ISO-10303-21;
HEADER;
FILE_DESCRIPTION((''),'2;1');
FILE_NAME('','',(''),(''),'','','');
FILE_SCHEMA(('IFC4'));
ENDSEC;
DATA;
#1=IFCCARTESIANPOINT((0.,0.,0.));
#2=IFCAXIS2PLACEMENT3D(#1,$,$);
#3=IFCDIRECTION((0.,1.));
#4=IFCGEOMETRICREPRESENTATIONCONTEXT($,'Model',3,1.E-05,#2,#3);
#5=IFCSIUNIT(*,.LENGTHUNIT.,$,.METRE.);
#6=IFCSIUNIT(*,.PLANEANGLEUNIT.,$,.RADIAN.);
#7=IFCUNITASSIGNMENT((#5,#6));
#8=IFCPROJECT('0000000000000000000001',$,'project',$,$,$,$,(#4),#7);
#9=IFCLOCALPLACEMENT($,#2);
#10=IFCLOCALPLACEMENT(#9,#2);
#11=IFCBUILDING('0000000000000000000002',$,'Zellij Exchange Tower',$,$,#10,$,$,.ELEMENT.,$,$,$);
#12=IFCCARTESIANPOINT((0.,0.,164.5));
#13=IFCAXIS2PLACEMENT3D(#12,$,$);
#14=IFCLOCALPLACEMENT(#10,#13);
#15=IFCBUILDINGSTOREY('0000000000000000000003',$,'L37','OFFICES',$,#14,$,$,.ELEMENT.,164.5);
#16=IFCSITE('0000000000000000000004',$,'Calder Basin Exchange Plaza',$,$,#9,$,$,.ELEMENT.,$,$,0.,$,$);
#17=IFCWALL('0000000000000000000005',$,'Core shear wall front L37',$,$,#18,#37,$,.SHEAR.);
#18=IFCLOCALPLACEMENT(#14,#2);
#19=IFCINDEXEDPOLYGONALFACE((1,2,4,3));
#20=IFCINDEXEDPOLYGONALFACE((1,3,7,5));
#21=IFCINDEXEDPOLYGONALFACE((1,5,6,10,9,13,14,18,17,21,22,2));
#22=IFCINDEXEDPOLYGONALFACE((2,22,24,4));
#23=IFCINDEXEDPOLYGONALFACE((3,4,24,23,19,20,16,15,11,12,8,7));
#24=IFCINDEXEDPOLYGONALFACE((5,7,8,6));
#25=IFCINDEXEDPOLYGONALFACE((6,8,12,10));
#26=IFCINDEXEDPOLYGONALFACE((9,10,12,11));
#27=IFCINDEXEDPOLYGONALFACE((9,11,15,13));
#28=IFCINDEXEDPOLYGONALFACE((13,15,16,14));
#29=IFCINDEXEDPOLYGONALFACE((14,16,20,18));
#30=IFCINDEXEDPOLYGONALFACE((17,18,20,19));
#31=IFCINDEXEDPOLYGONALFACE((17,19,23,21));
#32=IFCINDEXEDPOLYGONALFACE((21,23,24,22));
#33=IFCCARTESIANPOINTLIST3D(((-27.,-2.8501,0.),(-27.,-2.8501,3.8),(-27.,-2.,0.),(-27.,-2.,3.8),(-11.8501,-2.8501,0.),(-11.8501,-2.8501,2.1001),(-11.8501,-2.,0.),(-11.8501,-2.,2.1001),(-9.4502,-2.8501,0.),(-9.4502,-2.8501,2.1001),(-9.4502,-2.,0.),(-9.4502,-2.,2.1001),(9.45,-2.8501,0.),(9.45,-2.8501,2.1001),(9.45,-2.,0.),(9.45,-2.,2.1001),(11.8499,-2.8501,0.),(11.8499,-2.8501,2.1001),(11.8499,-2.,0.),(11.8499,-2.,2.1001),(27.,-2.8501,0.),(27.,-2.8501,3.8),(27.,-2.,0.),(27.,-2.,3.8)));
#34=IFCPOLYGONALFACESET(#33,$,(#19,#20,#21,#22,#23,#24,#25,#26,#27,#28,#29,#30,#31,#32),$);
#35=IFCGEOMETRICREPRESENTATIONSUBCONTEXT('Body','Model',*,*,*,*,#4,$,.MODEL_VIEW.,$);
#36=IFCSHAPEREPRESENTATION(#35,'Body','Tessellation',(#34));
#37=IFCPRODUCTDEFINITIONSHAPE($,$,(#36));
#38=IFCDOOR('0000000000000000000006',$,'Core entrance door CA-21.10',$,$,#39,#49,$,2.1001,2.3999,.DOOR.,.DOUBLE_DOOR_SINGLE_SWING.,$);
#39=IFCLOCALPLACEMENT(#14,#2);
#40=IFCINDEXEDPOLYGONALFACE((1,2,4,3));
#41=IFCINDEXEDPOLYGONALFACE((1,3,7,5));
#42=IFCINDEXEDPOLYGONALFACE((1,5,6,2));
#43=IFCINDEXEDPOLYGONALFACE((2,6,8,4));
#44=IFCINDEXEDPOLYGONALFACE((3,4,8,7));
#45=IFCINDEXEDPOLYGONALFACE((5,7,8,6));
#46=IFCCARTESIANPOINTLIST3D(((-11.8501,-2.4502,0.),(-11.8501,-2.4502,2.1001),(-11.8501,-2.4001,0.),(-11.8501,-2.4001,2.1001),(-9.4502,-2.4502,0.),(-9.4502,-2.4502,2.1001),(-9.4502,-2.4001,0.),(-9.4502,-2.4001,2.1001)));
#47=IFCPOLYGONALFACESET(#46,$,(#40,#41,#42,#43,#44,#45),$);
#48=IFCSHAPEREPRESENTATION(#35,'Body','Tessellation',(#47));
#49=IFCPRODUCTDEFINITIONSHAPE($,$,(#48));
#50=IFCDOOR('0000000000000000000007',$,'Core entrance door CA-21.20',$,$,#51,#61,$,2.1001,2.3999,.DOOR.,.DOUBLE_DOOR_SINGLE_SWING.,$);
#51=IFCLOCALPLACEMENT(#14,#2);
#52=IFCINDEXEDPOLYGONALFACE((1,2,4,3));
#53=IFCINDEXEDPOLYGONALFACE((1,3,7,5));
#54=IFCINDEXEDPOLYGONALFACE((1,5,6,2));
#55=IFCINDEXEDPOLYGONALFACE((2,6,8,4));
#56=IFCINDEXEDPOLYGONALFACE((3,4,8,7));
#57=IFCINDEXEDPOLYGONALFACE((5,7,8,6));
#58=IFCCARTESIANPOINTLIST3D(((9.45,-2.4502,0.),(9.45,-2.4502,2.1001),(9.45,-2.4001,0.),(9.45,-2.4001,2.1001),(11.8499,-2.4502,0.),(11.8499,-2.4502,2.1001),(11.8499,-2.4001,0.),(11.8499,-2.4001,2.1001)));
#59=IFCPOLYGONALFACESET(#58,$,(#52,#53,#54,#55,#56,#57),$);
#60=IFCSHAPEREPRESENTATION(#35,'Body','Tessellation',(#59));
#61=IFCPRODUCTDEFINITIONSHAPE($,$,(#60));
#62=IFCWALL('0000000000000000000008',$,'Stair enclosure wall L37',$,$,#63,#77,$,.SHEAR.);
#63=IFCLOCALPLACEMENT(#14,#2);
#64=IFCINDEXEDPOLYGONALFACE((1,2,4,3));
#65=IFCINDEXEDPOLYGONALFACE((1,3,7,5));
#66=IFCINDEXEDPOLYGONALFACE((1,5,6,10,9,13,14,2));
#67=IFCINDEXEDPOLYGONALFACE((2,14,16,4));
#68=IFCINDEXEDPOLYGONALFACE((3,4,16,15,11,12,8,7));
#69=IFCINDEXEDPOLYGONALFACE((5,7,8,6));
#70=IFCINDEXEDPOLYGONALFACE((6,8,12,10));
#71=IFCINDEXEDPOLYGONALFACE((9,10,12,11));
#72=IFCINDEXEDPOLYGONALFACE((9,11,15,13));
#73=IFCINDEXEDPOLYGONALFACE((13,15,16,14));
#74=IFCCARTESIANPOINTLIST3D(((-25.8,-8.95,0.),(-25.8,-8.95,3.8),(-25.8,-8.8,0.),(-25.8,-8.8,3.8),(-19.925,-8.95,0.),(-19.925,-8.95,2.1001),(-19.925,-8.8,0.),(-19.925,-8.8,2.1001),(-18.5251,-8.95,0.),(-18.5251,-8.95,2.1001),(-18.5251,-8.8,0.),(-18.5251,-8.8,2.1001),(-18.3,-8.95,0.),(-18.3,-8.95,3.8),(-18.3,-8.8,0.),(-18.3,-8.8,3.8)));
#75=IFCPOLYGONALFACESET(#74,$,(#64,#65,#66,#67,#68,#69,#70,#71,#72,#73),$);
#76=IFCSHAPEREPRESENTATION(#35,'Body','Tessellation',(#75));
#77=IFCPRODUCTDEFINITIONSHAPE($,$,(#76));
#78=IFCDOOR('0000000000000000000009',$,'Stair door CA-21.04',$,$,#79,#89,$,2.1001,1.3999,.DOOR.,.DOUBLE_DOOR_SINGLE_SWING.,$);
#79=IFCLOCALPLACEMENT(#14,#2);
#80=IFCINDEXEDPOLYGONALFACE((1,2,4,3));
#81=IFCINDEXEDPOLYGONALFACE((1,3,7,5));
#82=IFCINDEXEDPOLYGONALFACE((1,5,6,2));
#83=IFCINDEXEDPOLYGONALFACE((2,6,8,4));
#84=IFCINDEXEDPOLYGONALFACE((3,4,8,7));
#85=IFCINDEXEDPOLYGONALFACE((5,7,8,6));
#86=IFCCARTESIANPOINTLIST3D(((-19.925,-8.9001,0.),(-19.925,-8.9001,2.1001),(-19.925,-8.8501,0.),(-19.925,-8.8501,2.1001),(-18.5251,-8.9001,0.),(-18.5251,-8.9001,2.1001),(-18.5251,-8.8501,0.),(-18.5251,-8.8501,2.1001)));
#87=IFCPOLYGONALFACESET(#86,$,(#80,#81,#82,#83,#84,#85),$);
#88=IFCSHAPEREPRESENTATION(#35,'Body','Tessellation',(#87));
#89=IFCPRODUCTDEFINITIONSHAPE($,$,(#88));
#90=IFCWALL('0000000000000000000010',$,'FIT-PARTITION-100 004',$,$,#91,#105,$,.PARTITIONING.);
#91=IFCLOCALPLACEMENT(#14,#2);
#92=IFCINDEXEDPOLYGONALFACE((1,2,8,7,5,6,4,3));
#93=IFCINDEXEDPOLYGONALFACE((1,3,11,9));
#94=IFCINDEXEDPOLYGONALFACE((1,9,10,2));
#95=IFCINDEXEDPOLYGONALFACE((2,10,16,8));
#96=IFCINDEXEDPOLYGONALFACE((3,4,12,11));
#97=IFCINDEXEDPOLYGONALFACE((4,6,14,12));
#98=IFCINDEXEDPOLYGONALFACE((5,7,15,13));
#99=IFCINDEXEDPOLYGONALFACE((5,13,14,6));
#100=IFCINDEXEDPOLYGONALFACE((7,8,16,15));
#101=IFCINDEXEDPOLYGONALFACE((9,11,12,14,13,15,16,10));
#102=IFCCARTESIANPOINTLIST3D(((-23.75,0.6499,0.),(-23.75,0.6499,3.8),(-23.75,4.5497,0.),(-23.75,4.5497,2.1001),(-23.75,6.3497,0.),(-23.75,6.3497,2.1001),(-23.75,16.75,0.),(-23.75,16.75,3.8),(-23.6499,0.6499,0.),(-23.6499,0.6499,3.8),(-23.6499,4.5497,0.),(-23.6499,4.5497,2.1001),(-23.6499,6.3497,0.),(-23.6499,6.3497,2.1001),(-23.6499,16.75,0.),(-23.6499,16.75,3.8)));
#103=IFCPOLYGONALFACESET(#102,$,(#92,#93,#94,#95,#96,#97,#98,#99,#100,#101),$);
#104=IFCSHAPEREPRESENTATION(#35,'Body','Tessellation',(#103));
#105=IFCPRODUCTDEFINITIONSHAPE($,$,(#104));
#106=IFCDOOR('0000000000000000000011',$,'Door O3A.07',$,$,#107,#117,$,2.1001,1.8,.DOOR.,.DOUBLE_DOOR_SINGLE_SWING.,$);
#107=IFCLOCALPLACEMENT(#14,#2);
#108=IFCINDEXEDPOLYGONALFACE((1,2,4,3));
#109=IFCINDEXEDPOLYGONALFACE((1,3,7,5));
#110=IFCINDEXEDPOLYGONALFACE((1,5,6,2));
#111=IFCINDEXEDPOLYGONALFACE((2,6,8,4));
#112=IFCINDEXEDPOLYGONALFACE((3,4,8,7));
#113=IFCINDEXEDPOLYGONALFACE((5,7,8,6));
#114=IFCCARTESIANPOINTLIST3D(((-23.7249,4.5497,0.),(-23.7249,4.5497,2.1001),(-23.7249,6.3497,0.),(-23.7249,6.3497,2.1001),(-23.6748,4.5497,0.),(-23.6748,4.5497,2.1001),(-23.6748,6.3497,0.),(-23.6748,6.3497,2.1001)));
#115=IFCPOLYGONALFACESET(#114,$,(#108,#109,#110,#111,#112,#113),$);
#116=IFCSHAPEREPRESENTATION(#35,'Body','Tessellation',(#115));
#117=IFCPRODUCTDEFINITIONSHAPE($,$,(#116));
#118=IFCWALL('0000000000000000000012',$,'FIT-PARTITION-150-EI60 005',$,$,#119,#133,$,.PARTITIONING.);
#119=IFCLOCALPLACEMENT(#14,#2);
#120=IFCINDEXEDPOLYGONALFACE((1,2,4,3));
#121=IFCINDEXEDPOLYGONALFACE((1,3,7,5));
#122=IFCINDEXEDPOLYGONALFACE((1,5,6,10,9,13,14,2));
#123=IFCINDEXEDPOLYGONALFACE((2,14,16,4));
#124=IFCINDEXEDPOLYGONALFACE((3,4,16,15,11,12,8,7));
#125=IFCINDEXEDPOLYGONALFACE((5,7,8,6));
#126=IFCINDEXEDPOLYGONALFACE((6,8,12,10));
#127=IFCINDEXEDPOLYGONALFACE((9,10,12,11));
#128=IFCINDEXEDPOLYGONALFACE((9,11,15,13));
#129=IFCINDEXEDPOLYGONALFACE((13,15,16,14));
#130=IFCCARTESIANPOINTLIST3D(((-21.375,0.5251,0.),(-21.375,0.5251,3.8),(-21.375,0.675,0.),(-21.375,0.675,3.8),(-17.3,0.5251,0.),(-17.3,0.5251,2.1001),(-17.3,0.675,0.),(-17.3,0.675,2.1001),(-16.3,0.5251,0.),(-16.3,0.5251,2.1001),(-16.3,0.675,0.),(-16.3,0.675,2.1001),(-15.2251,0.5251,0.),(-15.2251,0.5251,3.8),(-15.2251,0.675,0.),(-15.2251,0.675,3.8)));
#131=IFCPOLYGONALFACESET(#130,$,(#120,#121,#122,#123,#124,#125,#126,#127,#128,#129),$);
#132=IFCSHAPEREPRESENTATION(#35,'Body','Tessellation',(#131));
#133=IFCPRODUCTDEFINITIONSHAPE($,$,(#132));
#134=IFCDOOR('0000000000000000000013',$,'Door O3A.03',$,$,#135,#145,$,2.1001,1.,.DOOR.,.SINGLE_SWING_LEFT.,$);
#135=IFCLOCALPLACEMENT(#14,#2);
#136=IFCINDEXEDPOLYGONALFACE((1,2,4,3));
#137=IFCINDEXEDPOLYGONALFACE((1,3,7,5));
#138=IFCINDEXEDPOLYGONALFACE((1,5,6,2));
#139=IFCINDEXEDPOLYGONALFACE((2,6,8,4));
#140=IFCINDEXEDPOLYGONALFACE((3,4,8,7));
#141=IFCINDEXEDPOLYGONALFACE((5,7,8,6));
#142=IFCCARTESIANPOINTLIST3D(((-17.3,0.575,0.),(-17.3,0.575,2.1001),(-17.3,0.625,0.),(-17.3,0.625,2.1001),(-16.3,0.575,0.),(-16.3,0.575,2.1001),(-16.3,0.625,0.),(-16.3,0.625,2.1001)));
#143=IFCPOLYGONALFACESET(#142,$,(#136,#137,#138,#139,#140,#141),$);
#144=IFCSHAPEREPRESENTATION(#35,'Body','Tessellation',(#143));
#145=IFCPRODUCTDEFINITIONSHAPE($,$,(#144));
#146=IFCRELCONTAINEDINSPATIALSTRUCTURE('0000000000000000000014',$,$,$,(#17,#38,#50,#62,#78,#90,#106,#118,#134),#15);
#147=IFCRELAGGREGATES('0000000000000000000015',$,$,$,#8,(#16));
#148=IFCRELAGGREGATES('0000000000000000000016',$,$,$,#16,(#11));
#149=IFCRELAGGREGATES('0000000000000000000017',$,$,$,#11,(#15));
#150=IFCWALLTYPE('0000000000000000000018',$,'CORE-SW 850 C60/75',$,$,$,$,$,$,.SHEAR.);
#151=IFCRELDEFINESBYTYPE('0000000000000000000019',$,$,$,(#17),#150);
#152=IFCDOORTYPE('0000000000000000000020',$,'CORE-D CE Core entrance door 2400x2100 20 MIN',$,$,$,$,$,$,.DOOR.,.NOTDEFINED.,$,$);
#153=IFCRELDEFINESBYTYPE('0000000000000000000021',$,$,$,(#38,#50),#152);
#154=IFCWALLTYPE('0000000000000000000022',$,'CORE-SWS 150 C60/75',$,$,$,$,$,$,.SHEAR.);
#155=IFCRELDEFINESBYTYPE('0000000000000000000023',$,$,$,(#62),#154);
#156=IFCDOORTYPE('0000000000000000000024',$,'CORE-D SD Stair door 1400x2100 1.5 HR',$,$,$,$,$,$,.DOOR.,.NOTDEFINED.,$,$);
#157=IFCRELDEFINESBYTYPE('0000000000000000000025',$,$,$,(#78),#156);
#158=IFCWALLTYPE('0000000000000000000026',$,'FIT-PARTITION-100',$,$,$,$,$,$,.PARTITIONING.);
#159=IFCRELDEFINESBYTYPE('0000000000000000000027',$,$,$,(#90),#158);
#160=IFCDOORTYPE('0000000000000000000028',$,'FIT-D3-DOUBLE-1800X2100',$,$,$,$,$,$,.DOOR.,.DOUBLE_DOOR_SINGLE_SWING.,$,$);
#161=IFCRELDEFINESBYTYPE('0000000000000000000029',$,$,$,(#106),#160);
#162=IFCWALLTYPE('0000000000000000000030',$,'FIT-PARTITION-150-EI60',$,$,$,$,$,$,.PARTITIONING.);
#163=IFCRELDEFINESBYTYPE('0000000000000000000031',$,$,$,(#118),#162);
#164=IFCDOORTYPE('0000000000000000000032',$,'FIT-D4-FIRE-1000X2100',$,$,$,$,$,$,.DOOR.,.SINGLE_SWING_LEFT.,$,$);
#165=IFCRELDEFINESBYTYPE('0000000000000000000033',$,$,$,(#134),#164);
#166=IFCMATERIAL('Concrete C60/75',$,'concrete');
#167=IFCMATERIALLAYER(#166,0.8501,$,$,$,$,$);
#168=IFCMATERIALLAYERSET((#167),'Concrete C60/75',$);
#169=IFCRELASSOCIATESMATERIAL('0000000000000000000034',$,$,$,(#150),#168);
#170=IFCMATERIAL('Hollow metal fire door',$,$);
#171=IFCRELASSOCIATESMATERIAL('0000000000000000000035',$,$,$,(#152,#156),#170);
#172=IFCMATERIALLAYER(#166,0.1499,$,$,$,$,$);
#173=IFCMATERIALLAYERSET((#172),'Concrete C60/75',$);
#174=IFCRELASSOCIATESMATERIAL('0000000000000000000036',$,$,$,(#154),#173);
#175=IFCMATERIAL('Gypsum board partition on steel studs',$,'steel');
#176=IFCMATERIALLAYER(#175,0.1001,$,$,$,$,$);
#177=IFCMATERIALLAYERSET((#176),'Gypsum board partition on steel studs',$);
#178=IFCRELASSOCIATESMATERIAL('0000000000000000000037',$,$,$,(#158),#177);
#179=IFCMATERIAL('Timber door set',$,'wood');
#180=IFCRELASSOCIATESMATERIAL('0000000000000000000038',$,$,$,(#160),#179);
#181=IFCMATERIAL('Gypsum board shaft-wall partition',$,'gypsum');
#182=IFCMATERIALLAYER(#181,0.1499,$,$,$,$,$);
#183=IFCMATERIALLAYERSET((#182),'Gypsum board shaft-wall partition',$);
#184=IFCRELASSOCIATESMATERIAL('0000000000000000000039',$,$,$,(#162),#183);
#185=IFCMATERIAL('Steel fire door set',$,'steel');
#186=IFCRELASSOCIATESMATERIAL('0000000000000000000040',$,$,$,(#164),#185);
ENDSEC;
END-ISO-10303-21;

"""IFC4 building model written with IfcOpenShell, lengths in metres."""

from ifc_helpers import new_model, si_unit, direction, frame, frame_2d, origin, place, context, subcontext, project, spatial, rectangle, extrude, material, layer, layer_set, type_object, element, fill, save


model = new_model("IFC4")

# Units and contexts
model_context = context("Model", 3, precision=1e-05, world=origin(), true_north=direction((0.0, 1.0)))
body_context = subcontext(model_context, "Body", "Model", "MODEL_VIEW")
ifc_project = project(units=[si_unit("LENGTHUNIT", "METRE"), si_unit("PLANEANGLEUNIT", "RADIAN")], contexts=[model_context])

# Site, building, storey
site_placement = place(None, origin())
site = spatial("IfcSite", under=ifc_project, at=site_placement, Name="Calder Basin Exchange Plaza", CompositionType="ELEMENT", RefElevation=0.0)
building_placement = place(site_placement, origin())
building = spatial("IfcBuilding", under=site, at=building_placement, Name="Zellij Exchange Tower", CompositionType="ELEMENT")
storey_placement = place(building_placement, frame((0.0, 0.0, 164.5)))
storey = spatial("IfcBuildingStorey", under=building, at=storey_placement, Name="L37", Description="OFFICES", CompositionType="ELEMENT", Elevation=164.5)

# Shared definitions
ifc_material_1 = material(Name="Hollow metal fire door")

# Wall, openings, doors
ifc_material_2 = material(Name="Concrete C60/75", Category="concrete")
ifc_layer_1 = layer(ifc_material_2, 0.8501)
ifc_layer_set_1 = layer_set([ifc_layer_1], Name="Concrete C60/75")
wall_type_1 = type_object("IfcWallType", Name="CORE-SW 850 C60/75", PredefinedType="SHEAR", material=ifc_layer_set_1)
wall_1_placement = place(storey_placement, frame((-27.0, -2.425, 0.0), z_axis=(0.0, 0.0, 1.0), x_axis=(1.0, 0.0, 0.0)))
wall_1 = element("IfcWall", 1, at=wall_1_placement, inside=storey, type_object=wall_type_1, Name="Core shear wall front L37", PredefinedType="SHEAR", context=body_context, shape_type="SweptSolid", body=[
    extrude(rectangle(XDim=54.0, YDim=0.8501, at=frame_2d((27.0, 0.0))), origin(), (0.0, 0.0, 1.0), 3.8),
])
opening_1_placement = place(wall_1_placement, frame((15.1499, 0.0, 0.0)))
opening_1 = element("IfcOpeningElement", 2, at=opening_1_placement, cuts=wall_1, PredefinedType="OPENING", context=body_context, shape_type="SweptSolid", body=[
    extrude(rectangle(XDim=2.3999, YDim=2.1001, at=frame_2d((1.2, 1.05))), frame((0.0, 0.437, 0.0), z_axis=(0.0, -1.0, 0.0), x_axis=(1.0, 0.0, 0.0)), (0.0, 0.0, 1.0), 0.874),
])
opening_2_placement = place(wall_1_placement, frame((36.45, 0.0, 0.0)))
opening_2 = element("IfcOpeningElement", 3, at=opening_2_placement, cuts=wall_1, PredefinedType="OPENING", context=body_context, shape_type="SweptSolid", body=[
    extrude(rectangle(XDim=2.3999, YDim=2.1001, at=frame_2d((1.2, 1.05))), frame((0.0, 0.437, 0.0), z_axis=(0.0, -1.0, 0.0), x_axis=(1.0, 0.0, 0.0)), (0.0, 0.0, 1.0), 0.874),
])
door_type_1 = type_object("IfcDoorType", Name="CORE-D CE Core entrance door 2400x2100 20 MIN", OperationType="NOTDEFINED", PredefinedType="DOOR", material=ifc_material_1)
door_1_placement = place(opening_1_placement, origin())
door_1 = element("IfcDoor", 4, at=door_1_placement, inside=storey, type_object=door_type_1, Name="Core entrance door CA-21.10", OperationType="DOUBLE_DOOR_SINGLE_SWING", OverallHeight=2.1001, OverallWidth=2.3999, PredefinedType="DOOR", context=body_context, shape_type="SweptSolid", body=[
    extrude(rectangle(XDim=2.3999, YDim=2.1001, at=frame_2d((1.2, 1.05))), frame((0.0, 0.0249, 0.0), z_axis=(0.0, -1.0, 0.0), x_axis=(1.0, 0.0, 0.0)), (0.0, 0.0, 1.0), 0.05),
])
fill(opening_1, door_1)
door_2_placement = place(opening_2_placement, origin())
door_2 = element("IfcDoor", 5, at=door_2_placement, inside=storey, type_object=door_type_1, Name="Core entrance door CA-21.20", OperationType="DOUBLE_DOOR_SINGLE_SWING", OverallHeight=2.1001, OverallWidth=2.3999, PredefinedType="DOOR", context=body_context, shape_type="SweptSolid", body=[
    extrude(rectangle(XDim=2.3999, YDim=2.1001, at=frame_2d((1.2, 1.05))), frame((0.0, 0.0249, 0.0), z_axis=(0.0, -1.0, 0.0), x_axis=(1.0, 0.0, 0.0)), (0.0, 0.0, 1.0), 0.05),
])
fill(opening_2, door_2)

# Walls, openings, doors
ifc_layer_2 = layer(ifc_material_2, 0.1499)
ifc_layer_set_2 = layer_set([ifc_layer_2], Name="Concrete C60/75")
wall_type_2 = type_object("IfcWallType", Name="CORE-SWS 150 C60/75", PredefinedType="SHEAR", material=ifc_layer_set_2)
wall_2_placement = place(storey_placement, frame((-25.8, -8.875, 0.0), z_axis=(0.0, 0.0, 1.0), x_axis=(1.0, 0.0, 0.0)))
wall_2 = element("IfcWall", 6, at=wall_2_placement, inside=storey, type_object=wall_type_2, Name="Stair enclosure wall L37", PredefinedType="SHEAR", context=body_context, shape_type="SweptSolid", body=[
    extrude(rectangle(XDim=7.5, YDim=0.1499, at=frame_2d((3.75, 0.0))), origin(), (0.0, 0.0, 1.0), 3.8),
])
opening_3_placement = place(wall_2_placement, frame((5.875, 0.0, 0.0)))
opening_3 = element("IfcOpeningElement", 7, at=opening_3_placement, cuts=wall_2, PredefinedType="OPENING", context=body_context, shape_type="SweptSolid", body=[
    extrude(rectangle(XDim=1.3999, YDim=2.1001, at=frame_2d((0.7, 1.05))), frame((0.0, 0.0869, 0.0), z_axis=(0.0, -1.0, 0.0), x_axis=(1.0, 0.0, 0.0)), (0.0, 0.0, 1.0), 0.1738),
])
door_type_2 = type_object("IfcDoorType", Name="CORE-D SD Stair door 1400x2100 1.5 HR", OperationType="NOTDEFINED", PredefinedType="DOOR", material=ifc_material_1)
door_3_placement = place(opening_3_placement, origin())
door_3 = element("IfcDoor", 8, at=door_3_placement, inside=storey, type_object=door_type_2, Name="Stair door CA-21.04", OperationType="DOUBLE_DOOR_SINGLE_SWING", OverallHeight=2.1001, OverallWidth=1.3999, PredefinedType="DOOR", context=body_context, shape_type="SweptSolid", body=[
    extrude(rectangle(XDim=1.3999, YDim=2.1001, at=frame_2d((0.7, 1.05))), frame((0.0, 0.0249, 0.0), z_axis=(0.0, -1.0, 0.0), x_axis=(1.0, 0.0, 0.0)), (0.0, 0.0, 1.0), 0.05),
])
fill(opening_3, door_3)
ifc_material_3 = material(Name="Gypsum board partition on steel studs", Category="steel")
ifc_layer_3 = layer(ifc_material_3, 0.1001)
ifc_layer_set_3 = layer_set([ifc_layer_3], Name="Gypsum board partition on steel studs")
wall_type_3 = type_object("IfcWallType", Name="FIT-PARTITION-100", PredefinedType="PARTITIONING", material=ifc_layer_set_3)
wall_3_placement = place(storey_placement, frame((-23.7, 0.6499, 0.0), z_axis=(0.0, 0.0, 1.0), x_axis=(0.0, 1.0, 0.0)))
wall_3 = element("IfcWall", 9, at=wall_3_placement, inside=storey, type_object=wall_type_3, Name="FIT-PARTITION-100 004", PredefinedType="PARTITIONING", context=body_context, shape_type="SweptSolid", body=[
    extrude(rectangle(XDim=16.1001, YDim=0.1001, at=frame_2d((8.05, 0.0))), origin(), (0.0, 0.0, 1.0), 3.8),
])
opening_4_placement = place(wall_3_placement, frame((3.8999, 0.0, 0.0)))
opening_4 = element("IfcOpeningElement", 10, at=opening_4_placement, cuts=wall_3, PredefinedType="OPENING", context=body_context, shape_type="SweptSolid", body=[
    extrude(rectangle(XDim=1.8, YDim=2.1001, at=frame_2d((0.8999, 1.05))), frame((0.0, 0.062, 0.0), z_axis=(0.0, -1.0, 0.0), x_axis=(1.0, 0.0, 0.0)), (0.0, 0.0, 1.0), 0.124),
])
ifc_material_4 = material(Name="Timber door set", Category="wood")
door_type_3 = type_object("IfcDoorType", Name="FIT-D3-DOUBLE-1800X2100", OperationType="DOUBLE_DOOR_SINGLE_SWING", PredefinedType="DOOR", material=ifc_material_4)
door_4_placement = place(opening_4_placement, origin())
door_4 = element("IfcDoor", 11, at=door_4_placement, inside=storey, type_object=door_type_3, Name="Door O3A.07", OperationType="DOUBLE_DOOR_SINGLE_SWING", OverallHeight=2.1001, OverallWidth=1.8, PredefinedType="DOOR", context=body_context, shape_type="SweptSolid", body=[
    extrude(rectangle(XDim=1.8, YDim=2.1001, at=frame_2d((0.8999, 1.05))), frame((0.0, 0.0249, 0.0), z_axis=(0.0, -1.0, 0.0), x_axis=(1.0, 0.0, 0.0)), (0.0, 0.0, 1.0), 0.05),
])
fill(opening_4, door_4)
ifc_material_5 = material(Name="Gypsum board shaft-wall partition", Category="gypsum")
ifc_layer_4 = layer(ifc_material_5, 0.1499)
ifc_layer_set_4 = layer_set([ifc_layer_4], Name="Gypsum board shaft-wall partition")
wall_type_4 = type_object("IfcWallType", Name="FIT-PARTITION-150-EI60", PredefinedType="PARTITIONING", material=ifc_layer_set_4)
wall_4_placement = place(storey_placement, frame((-21.375, 0.6001, 0.0), z_axis=(0.0, 0.0, 1.0), x_axis=(1.0, 0.0, 0.0)))
wall_4 = element("IfcWall", 12, at=wall_4_placement, inside=storey, type_object=wall_type_4, Name="FIT-PARTITION-150-EI60 005", PredefinedType="PARTITIONING", context=body_context, shape_type="SweptSolid", body=[
    extrude(rectangle(XDim=6.1499, YDim=0.1499, at=frame_2d((3.075, 0.0))), origin(), (0.0, 0.0, 1.0), 3.8),
])
opening_5_placement = place(wall_4_placement, frame((4.075, 0.0, 0.0)))
opening_5 = element("IfcOpeningElement", 13, at=opening_5_placement, cuts=wall_4, PredefinedType="OPENING", context=body_context, shape_type="SweptSolid", body=[
    extrude(rectangle(XDim=1.0, YDim=2.1001, at=frame_2d((0.5, 1.05))), frame((0.0, 0.0869, 0.0), z_axis=(0.0, -1.0, 0.0), x_axis=(1.0, 0.0, 0.0)), (0.0, 0.0, 1.0), 0.1738),
])
ifc_material_6 = material(Name="Steel fire door set", Category="steel")
door_type_4 = type_object("IfcDoorType", Name="FIT-D4-FIRE-1000X2100", OperationType="SINGLE_SWING_LEFT", PredefinedType="DOOR", material=ifc_material_6)
door_5_placement = place(opening_5_placement, origin())
door_5 = element("IfcDoor", 14, at=door_5_placement, inside=storey, type_object=door_type_4, Name="Door O3A.03", OperationType="SINGLE_SWING_LEFT", OverallHeight=2.1001, OverallWidth=1.0, PredefinedType="DOOR", context=body_context, shape_type="SweptSolid", body=[
    extrude(rectangle(XDim=1.0, YDim=2.1001, at=frame_2d((0.5, 1.05))), frame((0.0, 0.0249, 0.0), z_axis=(0.0, -1.0, 0.0), x_axis=(1.0, 0.0, 0.0)), (0.0, 0.0, 1.0), 0.05),
])
fill(opening_5, door_5)

save(model, "model.ifc")
